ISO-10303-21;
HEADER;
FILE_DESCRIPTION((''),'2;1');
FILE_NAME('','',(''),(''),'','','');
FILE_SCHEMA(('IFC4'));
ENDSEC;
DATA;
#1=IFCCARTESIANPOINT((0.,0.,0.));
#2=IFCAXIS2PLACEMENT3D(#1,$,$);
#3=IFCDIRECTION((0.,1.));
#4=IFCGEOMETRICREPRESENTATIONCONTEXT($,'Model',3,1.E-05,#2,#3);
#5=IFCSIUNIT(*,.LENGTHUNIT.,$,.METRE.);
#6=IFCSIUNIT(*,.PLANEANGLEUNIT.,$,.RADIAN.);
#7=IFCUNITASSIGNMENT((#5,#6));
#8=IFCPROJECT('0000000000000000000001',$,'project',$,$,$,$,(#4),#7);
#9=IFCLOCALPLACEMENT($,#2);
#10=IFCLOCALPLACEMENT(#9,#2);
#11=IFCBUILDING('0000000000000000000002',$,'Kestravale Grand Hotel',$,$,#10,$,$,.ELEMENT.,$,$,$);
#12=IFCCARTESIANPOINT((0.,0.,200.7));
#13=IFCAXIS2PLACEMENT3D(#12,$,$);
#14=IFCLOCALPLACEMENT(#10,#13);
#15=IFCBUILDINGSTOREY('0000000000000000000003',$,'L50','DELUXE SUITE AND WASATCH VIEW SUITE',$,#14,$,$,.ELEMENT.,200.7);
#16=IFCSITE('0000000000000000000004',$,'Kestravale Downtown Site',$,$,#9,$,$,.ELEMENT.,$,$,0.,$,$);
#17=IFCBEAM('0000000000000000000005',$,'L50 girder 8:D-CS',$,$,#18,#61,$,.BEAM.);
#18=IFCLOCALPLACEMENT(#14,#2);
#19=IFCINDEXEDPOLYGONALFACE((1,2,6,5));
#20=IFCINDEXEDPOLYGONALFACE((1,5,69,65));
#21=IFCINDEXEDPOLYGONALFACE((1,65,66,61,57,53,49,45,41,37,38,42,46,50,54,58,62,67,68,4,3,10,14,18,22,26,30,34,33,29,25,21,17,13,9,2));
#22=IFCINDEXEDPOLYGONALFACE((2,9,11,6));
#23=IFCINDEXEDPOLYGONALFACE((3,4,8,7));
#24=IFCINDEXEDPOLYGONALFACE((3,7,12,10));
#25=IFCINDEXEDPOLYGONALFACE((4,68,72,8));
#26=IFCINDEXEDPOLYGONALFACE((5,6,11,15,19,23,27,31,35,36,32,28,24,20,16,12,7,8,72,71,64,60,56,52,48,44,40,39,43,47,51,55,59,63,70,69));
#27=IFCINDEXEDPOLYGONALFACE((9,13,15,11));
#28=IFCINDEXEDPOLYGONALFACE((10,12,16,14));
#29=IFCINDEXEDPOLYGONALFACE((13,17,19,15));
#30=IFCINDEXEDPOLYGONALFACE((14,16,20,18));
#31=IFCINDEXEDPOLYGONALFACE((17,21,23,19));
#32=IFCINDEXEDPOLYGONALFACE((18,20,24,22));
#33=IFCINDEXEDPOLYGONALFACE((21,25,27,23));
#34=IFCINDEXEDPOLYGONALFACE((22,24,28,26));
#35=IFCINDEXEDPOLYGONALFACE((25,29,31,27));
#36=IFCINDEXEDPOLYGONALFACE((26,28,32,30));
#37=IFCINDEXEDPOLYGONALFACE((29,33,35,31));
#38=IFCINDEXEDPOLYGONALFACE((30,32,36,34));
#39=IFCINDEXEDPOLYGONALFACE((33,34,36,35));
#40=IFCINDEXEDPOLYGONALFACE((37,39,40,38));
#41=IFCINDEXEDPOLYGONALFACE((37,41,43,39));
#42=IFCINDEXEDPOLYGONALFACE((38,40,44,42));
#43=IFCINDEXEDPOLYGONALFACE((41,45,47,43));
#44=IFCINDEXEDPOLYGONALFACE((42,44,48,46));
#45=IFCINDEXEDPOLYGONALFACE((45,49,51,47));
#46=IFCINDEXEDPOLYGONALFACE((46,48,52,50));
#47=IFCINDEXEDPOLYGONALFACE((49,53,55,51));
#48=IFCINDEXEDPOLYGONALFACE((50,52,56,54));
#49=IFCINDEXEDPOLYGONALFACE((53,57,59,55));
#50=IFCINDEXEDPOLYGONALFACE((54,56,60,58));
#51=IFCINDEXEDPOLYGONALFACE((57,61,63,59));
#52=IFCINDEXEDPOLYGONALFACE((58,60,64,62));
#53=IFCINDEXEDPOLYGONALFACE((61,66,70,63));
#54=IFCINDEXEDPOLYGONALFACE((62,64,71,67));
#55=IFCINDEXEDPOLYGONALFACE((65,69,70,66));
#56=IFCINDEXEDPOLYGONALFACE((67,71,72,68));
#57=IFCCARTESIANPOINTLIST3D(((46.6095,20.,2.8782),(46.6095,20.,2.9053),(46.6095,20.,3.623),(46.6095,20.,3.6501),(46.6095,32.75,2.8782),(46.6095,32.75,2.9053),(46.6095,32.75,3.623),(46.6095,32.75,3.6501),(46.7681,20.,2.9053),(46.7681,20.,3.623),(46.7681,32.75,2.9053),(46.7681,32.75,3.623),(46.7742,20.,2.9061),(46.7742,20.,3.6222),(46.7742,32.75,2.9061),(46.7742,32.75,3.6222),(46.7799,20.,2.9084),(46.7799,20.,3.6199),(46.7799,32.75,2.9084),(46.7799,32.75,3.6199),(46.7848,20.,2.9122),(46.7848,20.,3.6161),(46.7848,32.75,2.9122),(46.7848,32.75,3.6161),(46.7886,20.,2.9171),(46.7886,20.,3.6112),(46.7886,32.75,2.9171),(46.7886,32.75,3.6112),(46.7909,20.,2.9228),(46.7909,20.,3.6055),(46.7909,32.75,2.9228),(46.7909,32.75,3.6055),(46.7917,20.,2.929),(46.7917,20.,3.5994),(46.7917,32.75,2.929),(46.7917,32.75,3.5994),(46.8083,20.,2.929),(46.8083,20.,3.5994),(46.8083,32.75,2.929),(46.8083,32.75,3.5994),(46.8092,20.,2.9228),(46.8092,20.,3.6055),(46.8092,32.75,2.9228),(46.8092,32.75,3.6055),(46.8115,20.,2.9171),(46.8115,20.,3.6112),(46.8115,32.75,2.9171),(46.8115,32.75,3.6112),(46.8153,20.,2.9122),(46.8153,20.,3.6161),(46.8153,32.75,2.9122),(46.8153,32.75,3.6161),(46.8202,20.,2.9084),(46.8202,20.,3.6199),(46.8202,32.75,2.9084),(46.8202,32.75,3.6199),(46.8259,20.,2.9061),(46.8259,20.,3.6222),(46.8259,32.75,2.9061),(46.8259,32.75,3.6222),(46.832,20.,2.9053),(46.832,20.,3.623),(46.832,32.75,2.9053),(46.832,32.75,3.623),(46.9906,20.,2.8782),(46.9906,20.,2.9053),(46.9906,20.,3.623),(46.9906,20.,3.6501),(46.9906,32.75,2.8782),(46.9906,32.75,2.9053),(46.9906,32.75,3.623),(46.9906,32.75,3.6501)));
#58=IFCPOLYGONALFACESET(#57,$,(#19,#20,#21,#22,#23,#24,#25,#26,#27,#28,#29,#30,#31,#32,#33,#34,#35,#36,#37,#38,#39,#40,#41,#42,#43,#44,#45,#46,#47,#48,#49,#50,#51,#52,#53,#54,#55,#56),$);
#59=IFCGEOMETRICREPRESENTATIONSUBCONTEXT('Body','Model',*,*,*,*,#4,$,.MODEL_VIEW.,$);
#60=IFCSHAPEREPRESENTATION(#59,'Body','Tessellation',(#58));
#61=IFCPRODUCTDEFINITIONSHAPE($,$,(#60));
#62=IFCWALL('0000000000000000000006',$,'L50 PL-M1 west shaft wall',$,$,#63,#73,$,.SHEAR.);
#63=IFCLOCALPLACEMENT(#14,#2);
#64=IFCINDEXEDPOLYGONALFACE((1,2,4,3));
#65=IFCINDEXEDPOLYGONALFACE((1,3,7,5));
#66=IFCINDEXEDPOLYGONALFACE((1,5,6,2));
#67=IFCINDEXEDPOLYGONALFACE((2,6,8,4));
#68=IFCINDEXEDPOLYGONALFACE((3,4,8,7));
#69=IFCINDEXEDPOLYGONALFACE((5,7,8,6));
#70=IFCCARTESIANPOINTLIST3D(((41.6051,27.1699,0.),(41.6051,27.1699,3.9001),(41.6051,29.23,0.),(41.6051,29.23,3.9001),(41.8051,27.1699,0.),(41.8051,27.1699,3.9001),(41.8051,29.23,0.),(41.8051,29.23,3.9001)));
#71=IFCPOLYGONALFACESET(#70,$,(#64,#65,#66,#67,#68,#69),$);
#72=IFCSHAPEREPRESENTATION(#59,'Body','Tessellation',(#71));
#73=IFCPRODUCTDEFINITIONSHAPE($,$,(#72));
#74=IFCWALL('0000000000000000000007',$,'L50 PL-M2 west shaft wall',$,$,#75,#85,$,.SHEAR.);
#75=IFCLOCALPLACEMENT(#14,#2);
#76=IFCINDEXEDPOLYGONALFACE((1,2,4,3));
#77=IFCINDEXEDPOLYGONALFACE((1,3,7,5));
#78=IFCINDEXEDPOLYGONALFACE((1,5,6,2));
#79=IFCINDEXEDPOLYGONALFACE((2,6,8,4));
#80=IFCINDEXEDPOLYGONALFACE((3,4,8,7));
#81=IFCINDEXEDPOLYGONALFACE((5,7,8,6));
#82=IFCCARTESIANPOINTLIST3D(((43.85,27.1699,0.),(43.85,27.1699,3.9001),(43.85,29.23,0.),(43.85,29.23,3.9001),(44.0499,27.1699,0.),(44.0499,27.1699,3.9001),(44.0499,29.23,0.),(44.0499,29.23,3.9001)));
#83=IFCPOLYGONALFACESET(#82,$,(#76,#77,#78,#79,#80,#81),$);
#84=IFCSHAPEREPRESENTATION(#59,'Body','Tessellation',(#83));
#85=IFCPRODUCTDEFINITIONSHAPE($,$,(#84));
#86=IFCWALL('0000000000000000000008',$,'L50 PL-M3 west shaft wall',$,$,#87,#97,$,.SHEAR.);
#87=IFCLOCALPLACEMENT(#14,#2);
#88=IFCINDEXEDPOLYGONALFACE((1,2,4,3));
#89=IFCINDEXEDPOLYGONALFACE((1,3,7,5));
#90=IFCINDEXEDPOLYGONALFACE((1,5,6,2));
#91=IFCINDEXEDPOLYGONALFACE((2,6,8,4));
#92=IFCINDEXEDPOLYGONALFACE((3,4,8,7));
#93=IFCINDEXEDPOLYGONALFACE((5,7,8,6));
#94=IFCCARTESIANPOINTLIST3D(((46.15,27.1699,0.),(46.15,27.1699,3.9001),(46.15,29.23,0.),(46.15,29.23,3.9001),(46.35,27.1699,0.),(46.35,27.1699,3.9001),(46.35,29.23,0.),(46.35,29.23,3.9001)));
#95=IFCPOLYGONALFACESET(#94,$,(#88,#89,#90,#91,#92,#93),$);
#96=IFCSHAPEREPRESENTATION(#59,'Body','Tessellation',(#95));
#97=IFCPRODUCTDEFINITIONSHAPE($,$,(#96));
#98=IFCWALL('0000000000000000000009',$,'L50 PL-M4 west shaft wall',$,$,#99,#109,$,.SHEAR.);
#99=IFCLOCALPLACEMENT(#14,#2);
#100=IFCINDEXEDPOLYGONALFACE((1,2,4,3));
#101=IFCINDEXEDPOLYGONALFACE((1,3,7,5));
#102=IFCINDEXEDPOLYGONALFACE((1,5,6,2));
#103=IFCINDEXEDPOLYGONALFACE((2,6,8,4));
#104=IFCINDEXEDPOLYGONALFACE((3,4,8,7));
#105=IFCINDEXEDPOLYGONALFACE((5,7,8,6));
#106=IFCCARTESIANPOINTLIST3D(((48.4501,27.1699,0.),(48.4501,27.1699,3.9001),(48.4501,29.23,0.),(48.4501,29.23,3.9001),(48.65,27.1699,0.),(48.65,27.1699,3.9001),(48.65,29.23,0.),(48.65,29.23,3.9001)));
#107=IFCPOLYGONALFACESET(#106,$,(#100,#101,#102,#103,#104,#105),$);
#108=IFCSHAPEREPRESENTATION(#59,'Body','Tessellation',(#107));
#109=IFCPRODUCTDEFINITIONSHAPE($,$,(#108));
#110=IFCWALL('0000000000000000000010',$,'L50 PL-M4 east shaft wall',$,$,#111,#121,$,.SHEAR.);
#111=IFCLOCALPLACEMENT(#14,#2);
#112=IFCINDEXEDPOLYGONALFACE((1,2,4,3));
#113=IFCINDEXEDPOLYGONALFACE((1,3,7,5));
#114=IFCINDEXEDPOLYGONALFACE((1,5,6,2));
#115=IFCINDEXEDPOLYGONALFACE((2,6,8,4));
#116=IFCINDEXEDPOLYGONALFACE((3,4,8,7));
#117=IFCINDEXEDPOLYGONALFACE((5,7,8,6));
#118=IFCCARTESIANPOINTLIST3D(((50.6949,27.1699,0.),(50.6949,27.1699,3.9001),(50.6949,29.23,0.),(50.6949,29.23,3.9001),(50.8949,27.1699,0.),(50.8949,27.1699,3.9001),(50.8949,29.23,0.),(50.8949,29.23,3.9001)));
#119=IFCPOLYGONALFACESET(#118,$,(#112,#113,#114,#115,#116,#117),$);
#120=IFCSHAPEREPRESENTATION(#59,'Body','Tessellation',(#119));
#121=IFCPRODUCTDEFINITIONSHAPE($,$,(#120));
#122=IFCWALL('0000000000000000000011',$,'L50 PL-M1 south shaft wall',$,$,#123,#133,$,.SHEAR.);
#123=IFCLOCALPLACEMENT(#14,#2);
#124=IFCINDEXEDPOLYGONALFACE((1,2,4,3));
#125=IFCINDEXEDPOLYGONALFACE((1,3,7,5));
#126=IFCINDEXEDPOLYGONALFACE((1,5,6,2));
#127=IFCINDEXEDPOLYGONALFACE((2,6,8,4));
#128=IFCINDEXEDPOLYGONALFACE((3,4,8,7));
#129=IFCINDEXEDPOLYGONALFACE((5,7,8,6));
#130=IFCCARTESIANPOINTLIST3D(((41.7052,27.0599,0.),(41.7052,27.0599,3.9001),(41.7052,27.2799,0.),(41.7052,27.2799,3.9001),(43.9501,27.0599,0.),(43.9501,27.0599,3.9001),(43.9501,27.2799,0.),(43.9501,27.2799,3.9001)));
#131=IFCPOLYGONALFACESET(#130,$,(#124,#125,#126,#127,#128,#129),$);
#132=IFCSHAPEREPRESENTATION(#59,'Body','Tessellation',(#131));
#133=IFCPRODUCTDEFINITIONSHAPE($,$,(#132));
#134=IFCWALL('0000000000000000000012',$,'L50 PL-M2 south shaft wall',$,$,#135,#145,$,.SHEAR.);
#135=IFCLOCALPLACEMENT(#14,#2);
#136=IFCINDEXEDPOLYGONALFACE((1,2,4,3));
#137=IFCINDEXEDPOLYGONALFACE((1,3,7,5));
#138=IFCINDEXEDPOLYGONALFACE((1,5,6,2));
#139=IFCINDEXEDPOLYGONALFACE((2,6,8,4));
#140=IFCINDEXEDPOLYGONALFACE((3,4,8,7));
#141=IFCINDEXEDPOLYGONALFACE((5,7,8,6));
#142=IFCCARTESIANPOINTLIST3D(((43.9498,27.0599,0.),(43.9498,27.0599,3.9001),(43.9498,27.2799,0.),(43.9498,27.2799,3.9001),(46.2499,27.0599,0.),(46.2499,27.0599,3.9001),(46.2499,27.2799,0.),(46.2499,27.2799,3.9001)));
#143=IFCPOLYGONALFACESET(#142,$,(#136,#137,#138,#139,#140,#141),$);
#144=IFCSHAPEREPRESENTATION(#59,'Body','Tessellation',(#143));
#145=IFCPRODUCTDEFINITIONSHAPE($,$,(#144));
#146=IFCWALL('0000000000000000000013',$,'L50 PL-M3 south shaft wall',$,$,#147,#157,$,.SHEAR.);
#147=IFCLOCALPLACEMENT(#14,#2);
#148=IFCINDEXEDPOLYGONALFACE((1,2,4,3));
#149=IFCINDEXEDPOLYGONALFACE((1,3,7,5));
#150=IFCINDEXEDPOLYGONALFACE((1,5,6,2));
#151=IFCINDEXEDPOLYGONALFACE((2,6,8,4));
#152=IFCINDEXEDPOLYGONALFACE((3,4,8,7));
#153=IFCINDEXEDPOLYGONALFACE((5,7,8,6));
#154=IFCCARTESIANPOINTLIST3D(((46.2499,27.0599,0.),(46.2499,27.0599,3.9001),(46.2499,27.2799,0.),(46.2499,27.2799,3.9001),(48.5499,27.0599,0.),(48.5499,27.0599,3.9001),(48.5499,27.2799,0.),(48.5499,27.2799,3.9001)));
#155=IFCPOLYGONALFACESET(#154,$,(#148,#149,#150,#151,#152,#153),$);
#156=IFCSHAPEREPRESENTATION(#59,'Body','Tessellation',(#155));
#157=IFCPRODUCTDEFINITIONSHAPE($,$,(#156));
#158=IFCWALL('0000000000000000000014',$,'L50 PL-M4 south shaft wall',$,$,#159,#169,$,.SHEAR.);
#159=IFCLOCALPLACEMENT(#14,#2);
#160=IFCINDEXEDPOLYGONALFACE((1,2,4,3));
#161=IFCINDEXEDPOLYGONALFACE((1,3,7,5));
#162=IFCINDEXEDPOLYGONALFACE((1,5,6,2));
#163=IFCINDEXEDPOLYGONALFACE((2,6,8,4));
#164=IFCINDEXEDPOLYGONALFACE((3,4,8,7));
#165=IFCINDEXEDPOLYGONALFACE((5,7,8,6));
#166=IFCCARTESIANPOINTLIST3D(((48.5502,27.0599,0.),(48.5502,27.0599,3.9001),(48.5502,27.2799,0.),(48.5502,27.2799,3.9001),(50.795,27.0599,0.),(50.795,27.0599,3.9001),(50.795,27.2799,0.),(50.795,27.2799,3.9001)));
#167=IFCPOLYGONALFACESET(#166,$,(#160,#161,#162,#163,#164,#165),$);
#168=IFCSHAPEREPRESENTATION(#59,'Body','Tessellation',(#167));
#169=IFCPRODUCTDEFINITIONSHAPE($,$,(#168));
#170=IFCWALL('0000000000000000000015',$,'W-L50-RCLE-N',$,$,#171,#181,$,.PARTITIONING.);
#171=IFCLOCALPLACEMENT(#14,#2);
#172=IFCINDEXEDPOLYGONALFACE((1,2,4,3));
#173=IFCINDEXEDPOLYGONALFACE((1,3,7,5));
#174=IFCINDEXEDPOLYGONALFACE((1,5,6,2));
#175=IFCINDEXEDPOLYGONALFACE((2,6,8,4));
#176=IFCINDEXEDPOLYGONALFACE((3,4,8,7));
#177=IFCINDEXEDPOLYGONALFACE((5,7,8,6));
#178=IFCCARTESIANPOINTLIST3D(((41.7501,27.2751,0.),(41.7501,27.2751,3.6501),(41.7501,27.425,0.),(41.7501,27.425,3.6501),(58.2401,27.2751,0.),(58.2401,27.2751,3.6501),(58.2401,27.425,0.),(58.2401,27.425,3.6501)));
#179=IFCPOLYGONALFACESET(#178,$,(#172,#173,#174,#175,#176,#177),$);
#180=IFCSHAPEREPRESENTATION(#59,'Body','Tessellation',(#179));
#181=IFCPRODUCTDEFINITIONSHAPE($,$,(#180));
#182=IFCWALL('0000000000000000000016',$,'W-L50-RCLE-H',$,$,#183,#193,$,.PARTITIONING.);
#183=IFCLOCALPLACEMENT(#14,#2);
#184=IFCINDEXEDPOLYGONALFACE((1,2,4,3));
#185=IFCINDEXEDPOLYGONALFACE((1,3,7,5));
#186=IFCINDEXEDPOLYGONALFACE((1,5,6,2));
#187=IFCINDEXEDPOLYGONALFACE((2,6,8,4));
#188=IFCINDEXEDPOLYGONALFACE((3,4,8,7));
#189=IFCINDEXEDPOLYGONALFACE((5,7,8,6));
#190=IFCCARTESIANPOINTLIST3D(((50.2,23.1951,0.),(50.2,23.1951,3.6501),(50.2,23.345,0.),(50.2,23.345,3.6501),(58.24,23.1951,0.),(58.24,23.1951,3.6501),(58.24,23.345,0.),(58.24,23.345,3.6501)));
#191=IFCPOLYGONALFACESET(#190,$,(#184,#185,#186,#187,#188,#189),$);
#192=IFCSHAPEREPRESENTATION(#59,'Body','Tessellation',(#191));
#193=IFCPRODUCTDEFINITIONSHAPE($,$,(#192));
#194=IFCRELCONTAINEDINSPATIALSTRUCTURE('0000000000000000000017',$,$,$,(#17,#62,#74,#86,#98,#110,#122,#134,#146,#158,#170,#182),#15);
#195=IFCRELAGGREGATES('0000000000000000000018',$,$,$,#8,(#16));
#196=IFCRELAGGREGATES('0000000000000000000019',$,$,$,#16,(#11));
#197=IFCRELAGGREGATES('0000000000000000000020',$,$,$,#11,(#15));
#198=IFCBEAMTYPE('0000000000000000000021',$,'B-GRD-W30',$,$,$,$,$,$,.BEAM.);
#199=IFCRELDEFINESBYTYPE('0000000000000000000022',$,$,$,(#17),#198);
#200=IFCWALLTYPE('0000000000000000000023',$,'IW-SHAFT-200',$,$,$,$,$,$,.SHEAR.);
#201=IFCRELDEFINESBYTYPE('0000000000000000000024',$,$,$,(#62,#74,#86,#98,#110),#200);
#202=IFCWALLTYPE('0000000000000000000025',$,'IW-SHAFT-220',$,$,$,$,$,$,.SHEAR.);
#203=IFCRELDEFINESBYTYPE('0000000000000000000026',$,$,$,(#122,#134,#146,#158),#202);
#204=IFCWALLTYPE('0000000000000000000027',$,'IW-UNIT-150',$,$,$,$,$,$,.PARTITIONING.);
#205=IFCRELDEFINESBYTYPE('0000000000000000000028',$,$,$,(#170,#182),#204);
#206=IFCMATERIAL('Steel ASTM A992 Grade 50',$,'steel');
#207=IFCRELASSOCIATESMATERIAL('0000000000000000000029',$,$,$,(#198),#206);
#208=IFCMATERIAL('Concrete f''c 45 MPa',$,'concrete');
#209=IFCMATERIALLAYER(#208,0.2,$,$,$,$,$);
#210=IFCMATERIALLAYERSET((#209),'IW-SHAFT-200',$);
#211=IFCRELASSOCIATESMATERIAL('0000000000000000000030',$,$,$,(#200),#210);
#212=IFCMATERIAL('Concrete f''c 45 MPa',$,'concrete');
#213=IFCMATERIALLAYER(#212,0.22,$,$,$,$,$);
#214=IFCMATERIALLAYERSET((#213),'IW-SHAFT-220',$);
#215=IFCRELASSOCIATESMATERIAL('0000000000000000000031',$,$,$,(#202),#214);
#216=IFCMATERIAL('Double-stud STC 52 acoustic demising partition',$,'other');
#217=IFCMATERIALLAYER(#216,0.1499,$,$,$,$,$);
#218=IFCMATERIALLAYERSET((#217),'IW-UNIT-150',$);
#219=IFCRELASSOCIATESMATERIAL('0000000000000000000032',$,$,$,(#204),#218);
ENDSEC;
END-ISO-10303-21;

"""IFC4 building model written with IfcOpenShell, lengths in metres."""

from ifc_helpers import new_model, si_unit, direction, frame, frame_2d, origin, origin_2d, place, context, subcontext, project, spatial, rectangle, i_section, extrude, material, layer, layer_set, material_profile, profile_set, type_object, element, save


model = new_model("IFC4")

# Units and contexts
model_context = context("Model", 3, precision=1e-05, world=origin(), true_north=direction((0.0, 1.0)))
body_context = subcontext(model_context, "Body", "Model", "MODEL_VIEW")
ifc_project = project(units=[si_unit("LENGTHUNIT", "METRE"), si_unit("PLANEANGLEUNIT", "RADIAN")], contexts=[model_context])

# Site, building, storey
site_placement = place(None, origin())
site = spatial("IfcSite", under=ifc_project, at=site_placement, Name="Kestravale Downtown Site", CompositionType="ELEMENT", RefElevation=0.0)
building_placement = place(site_placement, origin())
building = spatial("IfcBuilding", under=site, at=building_placement, Name="Kestravale Grand Hotel", CompositionType="ELEMENT")
storey_placement = place(building_placement, frame((0.0, 0.0, 200.7)))
storey = spatial("IfcBuildingStorey", under=building, at=storey_placement, Name="L50", Description="DELUXE SUITE AND WASATCH VIEW SUITE", CompositionType="ELEMENT", Elevation=200.7)

# Beam
ifc_material_1 = material(Name="Steel ASTM A992 Grade 50", Category="steel")
ifc_material_profile_1 = material_profile(ifc_material_1, i_section(OverallWidth=0.3811, OverallDepth=0.772, WebThickness=0.0166, FlangeThickness=0.0271, FilletRadius=0.0237, at=origin_2d()))
ifc_profile_set_1 = profile_set([ifc_material_profile_1], Name="Steel ASTM A992 Grade 50")
beam_type = type_object("IfcBeamType", Name="B-GRD-W30", PredefinedType="BEAM", material=ifc_profile_set_1)
beam_1_placement = place(storey_placement, frame((46.8, 20.0, 3.2642), z_axis=(0.0, 1.0, 0.0), x_axis=(-1.0, 0.0, 0.0)))
element("IfcBeam", 1, at=beam_1_placement, inside=storey, type_object=beam_type, Name="L50 girder 8:D-CS", PredefinedType="BEAM", context=body_context, shape_type="SweptSolid", body=[
    extrude(i_section(OverallWidth=0.3811, OverallDepth=0.772, WebThickness=0.0166, FlangeThickness=0.0271, FilletRadius=0.0237, at=origin_2d()), origin(), (0.0, 0.0, 1.0), 12.75),
])

# Walls
ifc_material_2 = material(Name="Concrete f'c 45 MPa", Category="concrete")
ifc_layer_1 = layer(ifc_material_2, 0.2)
ifc_layer_set_1 = layer_set([ifc_layer_1], Name="IW-SHAFT-200")
wall_type_1 = type_object("IfcWallType", Name="IW-SHAFT-200", PredefinedType="SHEAR", material=ifc_layer_set_1)
for number, where, z_axis, x_axis, name in (
    (2, (41.7051, 27.1699, 0.0), (0.0, 0.0, 1.0), (0.0, 1.0, 0.0), "L50 PL-M1 west shaft wall"),
    (3, (43.95, 27.1699, 0.0), (0.0, 0.0, 1.0), (0.0, 1.0, 0.0), "L50 PL-M2 west shaft wall"),
    (4, (46.25, 27.1699, 0.0), (0.0, 0.0, 1.0), (0.0, 1.0, 0.0), "L50 PL-M3 west shaft wall"),
    (5, (48.55, 27.1699, 0.0), (0.0, 0.0, 1.0), (0.0, 1.0, 0.0), "L50 PL-M4 west shaft wall"),
    (6, (50.7949, 27.1699, 0.0), (0.0, 0.0, 1.0), (0.0, 1.0, 0.0), "L50 PL-M4 east shaft wall"),
):
    element("IfcWall", number, at=place(storey_placement, frame(where, z_axis=z_axis, x_axis=x_axis)), inside=storey, type_object=wall_type_1, Name=name, PredefinedType="SHEAR", context=body_context, shape_type="SweptSolid", body=[
        extrude(rectangle(XDim=2.0601, YDim=0.2, at=frame_2d((1.03, 0.0))), origin(), (0.0, 0.0, 1.0), 3.9001),
    ])

# Shared definitions
ifc_material_3 = material(Name="Concrete f'c 45 MPa", Category="concrete")
ifc_layer_2 = layer(ifc_material_3, 0.22)
ifc_layer_set_2 = layer_set([ifc_layer_2], Name="IW-SHAFT-220")
wall_type_2 = type_object("IfcWallType", Name="IW-SHAFT-220", PredefinedType="SHEAR", material=ifc_layer_set_2)

# Wall
wall_1_placement = place(storey_placement, frame((41.7051, 27.1699, 0.0), z_axis=(0.0, 0.0, 1.0), x_axis=(1.0, 0.0, 0.0)))
element("IfcWall", 7, at=wall_1_placement, inside=storey, type_object=wall_type_2, Name="L50 PL-M1 south shaft wall", PredefinedType="SHEAR", context=body_context, shape_type="SweptSolid", body=[
    extrude(rectangle(XDim=2.2449, YDim=0.22, at=frame_2d((1.1226, 0.0))), origin(), (0.0, 0.0, 1.0), 3.9001),
])

# Walls
for number, where, z_axis, x_axis, name in (
    (8, (43.95, 27.1699, 0.0), (0.0, 0.0, 1.0), (1.0, 0.0, 0.0), "L50 PL-M2 south shaft wall"),
    (9, (46.25, 27.1699, 0.0), (0.0, 0.0, 1.0), (1.0, 0.0, 0.0), "L50 PL-M3 south shaft wall"),
):
    element("IfcWall", number, at=place(storey_placement, frame(where, z_axis=z_axis, x_axis=x_axis)), inside=storey, type_object=wall_type_2, Name=name, PredefinedType="SHEAR", context=body_context, shape_type="SweptSolid", body=[
        extrude(rectangle(XDim=2.3, YDim=0.22, at=frame_2d((1.1499, 0.0))), origin(), (0.0, 0.0, 1.0), 3.9001),
    ])
wall_2_placement = place(storey_placement, frame((48.55, 27.1699, 0.0), z_axis=(0.0, 0.0, 1.0), x_axis=(1.0, 0.0, 0.0)))
element("IfcWall", 10, at=wall_2_placement, inside=storey, type_object=wall_type_2, Name="L50 PL-M4 south shaft wall", PredefinedType="SHEAR", context=body_context, shape_type="SweptSolid", body=[
    extrude(rectangle(XDim=2.2449, YDim=0.22, at=frame_2d((1.1226, 0.0))), origin(), (0.0, 0.0, 1.0), 3.9001),
])
ifc_material_4 = material(Name="Double-stud STC 52 acoustic demising partition", Category="other")
ifc_layer_3 = layer(ifc_material_4, 0.1499)
ifc_layer_set_3 = layer_set([ifc_layer_3], Name="IW-UNIT-150")
wall_type_3 = type_object("IfcWallType", Name="IW-UNIT-150", PredefinedType="PARTITIONING", material=ifc_layer_set_3)
wall_3_placement = place(storey_placement, frame((41.75, 27.3501, 0.0), z_axis=(0.0, 0.0, 1.0), x_axis=(1.0, 0.0, 0.0)))
element("IfcWall", 11, at=wall_3_placement, inside=storey, type_object=wall_type_3, Name="W-L50-RCLE-N", PredefinedType="PARTITIONING", context=body_context, shape_type="SweptSolid", body=[
    extrude(rectangle(XDim=16.49, YDim=0.1499, at=frame_2d((8.2451, 0.0))), origin(), (0.0, 0.0, 1.0), 3.6501),
])
wall_4_placement = place(storey_placement, frame((50.2, 23.27, 0.0), z_axis=(0.0, 0.0, 1.0), x_axis=(1.0, 0.0, 0.0)))
element("IfcWall", 12, at=wall_4_placement, inside=storey, type_object=wall_type_3, Name="W-L50-RCLE-H", PredefinedType="PARTITIONING", context=body_context, shape_type="SweptSolid", body=[
    extrude(rectangle(XDim=8.04, YDim=0.1499, at=frame_2d((4.02, 0.0))), origin(), (0.0, 0.0, 1.0), 3.6501),
])

save(model, "model.ifc")
